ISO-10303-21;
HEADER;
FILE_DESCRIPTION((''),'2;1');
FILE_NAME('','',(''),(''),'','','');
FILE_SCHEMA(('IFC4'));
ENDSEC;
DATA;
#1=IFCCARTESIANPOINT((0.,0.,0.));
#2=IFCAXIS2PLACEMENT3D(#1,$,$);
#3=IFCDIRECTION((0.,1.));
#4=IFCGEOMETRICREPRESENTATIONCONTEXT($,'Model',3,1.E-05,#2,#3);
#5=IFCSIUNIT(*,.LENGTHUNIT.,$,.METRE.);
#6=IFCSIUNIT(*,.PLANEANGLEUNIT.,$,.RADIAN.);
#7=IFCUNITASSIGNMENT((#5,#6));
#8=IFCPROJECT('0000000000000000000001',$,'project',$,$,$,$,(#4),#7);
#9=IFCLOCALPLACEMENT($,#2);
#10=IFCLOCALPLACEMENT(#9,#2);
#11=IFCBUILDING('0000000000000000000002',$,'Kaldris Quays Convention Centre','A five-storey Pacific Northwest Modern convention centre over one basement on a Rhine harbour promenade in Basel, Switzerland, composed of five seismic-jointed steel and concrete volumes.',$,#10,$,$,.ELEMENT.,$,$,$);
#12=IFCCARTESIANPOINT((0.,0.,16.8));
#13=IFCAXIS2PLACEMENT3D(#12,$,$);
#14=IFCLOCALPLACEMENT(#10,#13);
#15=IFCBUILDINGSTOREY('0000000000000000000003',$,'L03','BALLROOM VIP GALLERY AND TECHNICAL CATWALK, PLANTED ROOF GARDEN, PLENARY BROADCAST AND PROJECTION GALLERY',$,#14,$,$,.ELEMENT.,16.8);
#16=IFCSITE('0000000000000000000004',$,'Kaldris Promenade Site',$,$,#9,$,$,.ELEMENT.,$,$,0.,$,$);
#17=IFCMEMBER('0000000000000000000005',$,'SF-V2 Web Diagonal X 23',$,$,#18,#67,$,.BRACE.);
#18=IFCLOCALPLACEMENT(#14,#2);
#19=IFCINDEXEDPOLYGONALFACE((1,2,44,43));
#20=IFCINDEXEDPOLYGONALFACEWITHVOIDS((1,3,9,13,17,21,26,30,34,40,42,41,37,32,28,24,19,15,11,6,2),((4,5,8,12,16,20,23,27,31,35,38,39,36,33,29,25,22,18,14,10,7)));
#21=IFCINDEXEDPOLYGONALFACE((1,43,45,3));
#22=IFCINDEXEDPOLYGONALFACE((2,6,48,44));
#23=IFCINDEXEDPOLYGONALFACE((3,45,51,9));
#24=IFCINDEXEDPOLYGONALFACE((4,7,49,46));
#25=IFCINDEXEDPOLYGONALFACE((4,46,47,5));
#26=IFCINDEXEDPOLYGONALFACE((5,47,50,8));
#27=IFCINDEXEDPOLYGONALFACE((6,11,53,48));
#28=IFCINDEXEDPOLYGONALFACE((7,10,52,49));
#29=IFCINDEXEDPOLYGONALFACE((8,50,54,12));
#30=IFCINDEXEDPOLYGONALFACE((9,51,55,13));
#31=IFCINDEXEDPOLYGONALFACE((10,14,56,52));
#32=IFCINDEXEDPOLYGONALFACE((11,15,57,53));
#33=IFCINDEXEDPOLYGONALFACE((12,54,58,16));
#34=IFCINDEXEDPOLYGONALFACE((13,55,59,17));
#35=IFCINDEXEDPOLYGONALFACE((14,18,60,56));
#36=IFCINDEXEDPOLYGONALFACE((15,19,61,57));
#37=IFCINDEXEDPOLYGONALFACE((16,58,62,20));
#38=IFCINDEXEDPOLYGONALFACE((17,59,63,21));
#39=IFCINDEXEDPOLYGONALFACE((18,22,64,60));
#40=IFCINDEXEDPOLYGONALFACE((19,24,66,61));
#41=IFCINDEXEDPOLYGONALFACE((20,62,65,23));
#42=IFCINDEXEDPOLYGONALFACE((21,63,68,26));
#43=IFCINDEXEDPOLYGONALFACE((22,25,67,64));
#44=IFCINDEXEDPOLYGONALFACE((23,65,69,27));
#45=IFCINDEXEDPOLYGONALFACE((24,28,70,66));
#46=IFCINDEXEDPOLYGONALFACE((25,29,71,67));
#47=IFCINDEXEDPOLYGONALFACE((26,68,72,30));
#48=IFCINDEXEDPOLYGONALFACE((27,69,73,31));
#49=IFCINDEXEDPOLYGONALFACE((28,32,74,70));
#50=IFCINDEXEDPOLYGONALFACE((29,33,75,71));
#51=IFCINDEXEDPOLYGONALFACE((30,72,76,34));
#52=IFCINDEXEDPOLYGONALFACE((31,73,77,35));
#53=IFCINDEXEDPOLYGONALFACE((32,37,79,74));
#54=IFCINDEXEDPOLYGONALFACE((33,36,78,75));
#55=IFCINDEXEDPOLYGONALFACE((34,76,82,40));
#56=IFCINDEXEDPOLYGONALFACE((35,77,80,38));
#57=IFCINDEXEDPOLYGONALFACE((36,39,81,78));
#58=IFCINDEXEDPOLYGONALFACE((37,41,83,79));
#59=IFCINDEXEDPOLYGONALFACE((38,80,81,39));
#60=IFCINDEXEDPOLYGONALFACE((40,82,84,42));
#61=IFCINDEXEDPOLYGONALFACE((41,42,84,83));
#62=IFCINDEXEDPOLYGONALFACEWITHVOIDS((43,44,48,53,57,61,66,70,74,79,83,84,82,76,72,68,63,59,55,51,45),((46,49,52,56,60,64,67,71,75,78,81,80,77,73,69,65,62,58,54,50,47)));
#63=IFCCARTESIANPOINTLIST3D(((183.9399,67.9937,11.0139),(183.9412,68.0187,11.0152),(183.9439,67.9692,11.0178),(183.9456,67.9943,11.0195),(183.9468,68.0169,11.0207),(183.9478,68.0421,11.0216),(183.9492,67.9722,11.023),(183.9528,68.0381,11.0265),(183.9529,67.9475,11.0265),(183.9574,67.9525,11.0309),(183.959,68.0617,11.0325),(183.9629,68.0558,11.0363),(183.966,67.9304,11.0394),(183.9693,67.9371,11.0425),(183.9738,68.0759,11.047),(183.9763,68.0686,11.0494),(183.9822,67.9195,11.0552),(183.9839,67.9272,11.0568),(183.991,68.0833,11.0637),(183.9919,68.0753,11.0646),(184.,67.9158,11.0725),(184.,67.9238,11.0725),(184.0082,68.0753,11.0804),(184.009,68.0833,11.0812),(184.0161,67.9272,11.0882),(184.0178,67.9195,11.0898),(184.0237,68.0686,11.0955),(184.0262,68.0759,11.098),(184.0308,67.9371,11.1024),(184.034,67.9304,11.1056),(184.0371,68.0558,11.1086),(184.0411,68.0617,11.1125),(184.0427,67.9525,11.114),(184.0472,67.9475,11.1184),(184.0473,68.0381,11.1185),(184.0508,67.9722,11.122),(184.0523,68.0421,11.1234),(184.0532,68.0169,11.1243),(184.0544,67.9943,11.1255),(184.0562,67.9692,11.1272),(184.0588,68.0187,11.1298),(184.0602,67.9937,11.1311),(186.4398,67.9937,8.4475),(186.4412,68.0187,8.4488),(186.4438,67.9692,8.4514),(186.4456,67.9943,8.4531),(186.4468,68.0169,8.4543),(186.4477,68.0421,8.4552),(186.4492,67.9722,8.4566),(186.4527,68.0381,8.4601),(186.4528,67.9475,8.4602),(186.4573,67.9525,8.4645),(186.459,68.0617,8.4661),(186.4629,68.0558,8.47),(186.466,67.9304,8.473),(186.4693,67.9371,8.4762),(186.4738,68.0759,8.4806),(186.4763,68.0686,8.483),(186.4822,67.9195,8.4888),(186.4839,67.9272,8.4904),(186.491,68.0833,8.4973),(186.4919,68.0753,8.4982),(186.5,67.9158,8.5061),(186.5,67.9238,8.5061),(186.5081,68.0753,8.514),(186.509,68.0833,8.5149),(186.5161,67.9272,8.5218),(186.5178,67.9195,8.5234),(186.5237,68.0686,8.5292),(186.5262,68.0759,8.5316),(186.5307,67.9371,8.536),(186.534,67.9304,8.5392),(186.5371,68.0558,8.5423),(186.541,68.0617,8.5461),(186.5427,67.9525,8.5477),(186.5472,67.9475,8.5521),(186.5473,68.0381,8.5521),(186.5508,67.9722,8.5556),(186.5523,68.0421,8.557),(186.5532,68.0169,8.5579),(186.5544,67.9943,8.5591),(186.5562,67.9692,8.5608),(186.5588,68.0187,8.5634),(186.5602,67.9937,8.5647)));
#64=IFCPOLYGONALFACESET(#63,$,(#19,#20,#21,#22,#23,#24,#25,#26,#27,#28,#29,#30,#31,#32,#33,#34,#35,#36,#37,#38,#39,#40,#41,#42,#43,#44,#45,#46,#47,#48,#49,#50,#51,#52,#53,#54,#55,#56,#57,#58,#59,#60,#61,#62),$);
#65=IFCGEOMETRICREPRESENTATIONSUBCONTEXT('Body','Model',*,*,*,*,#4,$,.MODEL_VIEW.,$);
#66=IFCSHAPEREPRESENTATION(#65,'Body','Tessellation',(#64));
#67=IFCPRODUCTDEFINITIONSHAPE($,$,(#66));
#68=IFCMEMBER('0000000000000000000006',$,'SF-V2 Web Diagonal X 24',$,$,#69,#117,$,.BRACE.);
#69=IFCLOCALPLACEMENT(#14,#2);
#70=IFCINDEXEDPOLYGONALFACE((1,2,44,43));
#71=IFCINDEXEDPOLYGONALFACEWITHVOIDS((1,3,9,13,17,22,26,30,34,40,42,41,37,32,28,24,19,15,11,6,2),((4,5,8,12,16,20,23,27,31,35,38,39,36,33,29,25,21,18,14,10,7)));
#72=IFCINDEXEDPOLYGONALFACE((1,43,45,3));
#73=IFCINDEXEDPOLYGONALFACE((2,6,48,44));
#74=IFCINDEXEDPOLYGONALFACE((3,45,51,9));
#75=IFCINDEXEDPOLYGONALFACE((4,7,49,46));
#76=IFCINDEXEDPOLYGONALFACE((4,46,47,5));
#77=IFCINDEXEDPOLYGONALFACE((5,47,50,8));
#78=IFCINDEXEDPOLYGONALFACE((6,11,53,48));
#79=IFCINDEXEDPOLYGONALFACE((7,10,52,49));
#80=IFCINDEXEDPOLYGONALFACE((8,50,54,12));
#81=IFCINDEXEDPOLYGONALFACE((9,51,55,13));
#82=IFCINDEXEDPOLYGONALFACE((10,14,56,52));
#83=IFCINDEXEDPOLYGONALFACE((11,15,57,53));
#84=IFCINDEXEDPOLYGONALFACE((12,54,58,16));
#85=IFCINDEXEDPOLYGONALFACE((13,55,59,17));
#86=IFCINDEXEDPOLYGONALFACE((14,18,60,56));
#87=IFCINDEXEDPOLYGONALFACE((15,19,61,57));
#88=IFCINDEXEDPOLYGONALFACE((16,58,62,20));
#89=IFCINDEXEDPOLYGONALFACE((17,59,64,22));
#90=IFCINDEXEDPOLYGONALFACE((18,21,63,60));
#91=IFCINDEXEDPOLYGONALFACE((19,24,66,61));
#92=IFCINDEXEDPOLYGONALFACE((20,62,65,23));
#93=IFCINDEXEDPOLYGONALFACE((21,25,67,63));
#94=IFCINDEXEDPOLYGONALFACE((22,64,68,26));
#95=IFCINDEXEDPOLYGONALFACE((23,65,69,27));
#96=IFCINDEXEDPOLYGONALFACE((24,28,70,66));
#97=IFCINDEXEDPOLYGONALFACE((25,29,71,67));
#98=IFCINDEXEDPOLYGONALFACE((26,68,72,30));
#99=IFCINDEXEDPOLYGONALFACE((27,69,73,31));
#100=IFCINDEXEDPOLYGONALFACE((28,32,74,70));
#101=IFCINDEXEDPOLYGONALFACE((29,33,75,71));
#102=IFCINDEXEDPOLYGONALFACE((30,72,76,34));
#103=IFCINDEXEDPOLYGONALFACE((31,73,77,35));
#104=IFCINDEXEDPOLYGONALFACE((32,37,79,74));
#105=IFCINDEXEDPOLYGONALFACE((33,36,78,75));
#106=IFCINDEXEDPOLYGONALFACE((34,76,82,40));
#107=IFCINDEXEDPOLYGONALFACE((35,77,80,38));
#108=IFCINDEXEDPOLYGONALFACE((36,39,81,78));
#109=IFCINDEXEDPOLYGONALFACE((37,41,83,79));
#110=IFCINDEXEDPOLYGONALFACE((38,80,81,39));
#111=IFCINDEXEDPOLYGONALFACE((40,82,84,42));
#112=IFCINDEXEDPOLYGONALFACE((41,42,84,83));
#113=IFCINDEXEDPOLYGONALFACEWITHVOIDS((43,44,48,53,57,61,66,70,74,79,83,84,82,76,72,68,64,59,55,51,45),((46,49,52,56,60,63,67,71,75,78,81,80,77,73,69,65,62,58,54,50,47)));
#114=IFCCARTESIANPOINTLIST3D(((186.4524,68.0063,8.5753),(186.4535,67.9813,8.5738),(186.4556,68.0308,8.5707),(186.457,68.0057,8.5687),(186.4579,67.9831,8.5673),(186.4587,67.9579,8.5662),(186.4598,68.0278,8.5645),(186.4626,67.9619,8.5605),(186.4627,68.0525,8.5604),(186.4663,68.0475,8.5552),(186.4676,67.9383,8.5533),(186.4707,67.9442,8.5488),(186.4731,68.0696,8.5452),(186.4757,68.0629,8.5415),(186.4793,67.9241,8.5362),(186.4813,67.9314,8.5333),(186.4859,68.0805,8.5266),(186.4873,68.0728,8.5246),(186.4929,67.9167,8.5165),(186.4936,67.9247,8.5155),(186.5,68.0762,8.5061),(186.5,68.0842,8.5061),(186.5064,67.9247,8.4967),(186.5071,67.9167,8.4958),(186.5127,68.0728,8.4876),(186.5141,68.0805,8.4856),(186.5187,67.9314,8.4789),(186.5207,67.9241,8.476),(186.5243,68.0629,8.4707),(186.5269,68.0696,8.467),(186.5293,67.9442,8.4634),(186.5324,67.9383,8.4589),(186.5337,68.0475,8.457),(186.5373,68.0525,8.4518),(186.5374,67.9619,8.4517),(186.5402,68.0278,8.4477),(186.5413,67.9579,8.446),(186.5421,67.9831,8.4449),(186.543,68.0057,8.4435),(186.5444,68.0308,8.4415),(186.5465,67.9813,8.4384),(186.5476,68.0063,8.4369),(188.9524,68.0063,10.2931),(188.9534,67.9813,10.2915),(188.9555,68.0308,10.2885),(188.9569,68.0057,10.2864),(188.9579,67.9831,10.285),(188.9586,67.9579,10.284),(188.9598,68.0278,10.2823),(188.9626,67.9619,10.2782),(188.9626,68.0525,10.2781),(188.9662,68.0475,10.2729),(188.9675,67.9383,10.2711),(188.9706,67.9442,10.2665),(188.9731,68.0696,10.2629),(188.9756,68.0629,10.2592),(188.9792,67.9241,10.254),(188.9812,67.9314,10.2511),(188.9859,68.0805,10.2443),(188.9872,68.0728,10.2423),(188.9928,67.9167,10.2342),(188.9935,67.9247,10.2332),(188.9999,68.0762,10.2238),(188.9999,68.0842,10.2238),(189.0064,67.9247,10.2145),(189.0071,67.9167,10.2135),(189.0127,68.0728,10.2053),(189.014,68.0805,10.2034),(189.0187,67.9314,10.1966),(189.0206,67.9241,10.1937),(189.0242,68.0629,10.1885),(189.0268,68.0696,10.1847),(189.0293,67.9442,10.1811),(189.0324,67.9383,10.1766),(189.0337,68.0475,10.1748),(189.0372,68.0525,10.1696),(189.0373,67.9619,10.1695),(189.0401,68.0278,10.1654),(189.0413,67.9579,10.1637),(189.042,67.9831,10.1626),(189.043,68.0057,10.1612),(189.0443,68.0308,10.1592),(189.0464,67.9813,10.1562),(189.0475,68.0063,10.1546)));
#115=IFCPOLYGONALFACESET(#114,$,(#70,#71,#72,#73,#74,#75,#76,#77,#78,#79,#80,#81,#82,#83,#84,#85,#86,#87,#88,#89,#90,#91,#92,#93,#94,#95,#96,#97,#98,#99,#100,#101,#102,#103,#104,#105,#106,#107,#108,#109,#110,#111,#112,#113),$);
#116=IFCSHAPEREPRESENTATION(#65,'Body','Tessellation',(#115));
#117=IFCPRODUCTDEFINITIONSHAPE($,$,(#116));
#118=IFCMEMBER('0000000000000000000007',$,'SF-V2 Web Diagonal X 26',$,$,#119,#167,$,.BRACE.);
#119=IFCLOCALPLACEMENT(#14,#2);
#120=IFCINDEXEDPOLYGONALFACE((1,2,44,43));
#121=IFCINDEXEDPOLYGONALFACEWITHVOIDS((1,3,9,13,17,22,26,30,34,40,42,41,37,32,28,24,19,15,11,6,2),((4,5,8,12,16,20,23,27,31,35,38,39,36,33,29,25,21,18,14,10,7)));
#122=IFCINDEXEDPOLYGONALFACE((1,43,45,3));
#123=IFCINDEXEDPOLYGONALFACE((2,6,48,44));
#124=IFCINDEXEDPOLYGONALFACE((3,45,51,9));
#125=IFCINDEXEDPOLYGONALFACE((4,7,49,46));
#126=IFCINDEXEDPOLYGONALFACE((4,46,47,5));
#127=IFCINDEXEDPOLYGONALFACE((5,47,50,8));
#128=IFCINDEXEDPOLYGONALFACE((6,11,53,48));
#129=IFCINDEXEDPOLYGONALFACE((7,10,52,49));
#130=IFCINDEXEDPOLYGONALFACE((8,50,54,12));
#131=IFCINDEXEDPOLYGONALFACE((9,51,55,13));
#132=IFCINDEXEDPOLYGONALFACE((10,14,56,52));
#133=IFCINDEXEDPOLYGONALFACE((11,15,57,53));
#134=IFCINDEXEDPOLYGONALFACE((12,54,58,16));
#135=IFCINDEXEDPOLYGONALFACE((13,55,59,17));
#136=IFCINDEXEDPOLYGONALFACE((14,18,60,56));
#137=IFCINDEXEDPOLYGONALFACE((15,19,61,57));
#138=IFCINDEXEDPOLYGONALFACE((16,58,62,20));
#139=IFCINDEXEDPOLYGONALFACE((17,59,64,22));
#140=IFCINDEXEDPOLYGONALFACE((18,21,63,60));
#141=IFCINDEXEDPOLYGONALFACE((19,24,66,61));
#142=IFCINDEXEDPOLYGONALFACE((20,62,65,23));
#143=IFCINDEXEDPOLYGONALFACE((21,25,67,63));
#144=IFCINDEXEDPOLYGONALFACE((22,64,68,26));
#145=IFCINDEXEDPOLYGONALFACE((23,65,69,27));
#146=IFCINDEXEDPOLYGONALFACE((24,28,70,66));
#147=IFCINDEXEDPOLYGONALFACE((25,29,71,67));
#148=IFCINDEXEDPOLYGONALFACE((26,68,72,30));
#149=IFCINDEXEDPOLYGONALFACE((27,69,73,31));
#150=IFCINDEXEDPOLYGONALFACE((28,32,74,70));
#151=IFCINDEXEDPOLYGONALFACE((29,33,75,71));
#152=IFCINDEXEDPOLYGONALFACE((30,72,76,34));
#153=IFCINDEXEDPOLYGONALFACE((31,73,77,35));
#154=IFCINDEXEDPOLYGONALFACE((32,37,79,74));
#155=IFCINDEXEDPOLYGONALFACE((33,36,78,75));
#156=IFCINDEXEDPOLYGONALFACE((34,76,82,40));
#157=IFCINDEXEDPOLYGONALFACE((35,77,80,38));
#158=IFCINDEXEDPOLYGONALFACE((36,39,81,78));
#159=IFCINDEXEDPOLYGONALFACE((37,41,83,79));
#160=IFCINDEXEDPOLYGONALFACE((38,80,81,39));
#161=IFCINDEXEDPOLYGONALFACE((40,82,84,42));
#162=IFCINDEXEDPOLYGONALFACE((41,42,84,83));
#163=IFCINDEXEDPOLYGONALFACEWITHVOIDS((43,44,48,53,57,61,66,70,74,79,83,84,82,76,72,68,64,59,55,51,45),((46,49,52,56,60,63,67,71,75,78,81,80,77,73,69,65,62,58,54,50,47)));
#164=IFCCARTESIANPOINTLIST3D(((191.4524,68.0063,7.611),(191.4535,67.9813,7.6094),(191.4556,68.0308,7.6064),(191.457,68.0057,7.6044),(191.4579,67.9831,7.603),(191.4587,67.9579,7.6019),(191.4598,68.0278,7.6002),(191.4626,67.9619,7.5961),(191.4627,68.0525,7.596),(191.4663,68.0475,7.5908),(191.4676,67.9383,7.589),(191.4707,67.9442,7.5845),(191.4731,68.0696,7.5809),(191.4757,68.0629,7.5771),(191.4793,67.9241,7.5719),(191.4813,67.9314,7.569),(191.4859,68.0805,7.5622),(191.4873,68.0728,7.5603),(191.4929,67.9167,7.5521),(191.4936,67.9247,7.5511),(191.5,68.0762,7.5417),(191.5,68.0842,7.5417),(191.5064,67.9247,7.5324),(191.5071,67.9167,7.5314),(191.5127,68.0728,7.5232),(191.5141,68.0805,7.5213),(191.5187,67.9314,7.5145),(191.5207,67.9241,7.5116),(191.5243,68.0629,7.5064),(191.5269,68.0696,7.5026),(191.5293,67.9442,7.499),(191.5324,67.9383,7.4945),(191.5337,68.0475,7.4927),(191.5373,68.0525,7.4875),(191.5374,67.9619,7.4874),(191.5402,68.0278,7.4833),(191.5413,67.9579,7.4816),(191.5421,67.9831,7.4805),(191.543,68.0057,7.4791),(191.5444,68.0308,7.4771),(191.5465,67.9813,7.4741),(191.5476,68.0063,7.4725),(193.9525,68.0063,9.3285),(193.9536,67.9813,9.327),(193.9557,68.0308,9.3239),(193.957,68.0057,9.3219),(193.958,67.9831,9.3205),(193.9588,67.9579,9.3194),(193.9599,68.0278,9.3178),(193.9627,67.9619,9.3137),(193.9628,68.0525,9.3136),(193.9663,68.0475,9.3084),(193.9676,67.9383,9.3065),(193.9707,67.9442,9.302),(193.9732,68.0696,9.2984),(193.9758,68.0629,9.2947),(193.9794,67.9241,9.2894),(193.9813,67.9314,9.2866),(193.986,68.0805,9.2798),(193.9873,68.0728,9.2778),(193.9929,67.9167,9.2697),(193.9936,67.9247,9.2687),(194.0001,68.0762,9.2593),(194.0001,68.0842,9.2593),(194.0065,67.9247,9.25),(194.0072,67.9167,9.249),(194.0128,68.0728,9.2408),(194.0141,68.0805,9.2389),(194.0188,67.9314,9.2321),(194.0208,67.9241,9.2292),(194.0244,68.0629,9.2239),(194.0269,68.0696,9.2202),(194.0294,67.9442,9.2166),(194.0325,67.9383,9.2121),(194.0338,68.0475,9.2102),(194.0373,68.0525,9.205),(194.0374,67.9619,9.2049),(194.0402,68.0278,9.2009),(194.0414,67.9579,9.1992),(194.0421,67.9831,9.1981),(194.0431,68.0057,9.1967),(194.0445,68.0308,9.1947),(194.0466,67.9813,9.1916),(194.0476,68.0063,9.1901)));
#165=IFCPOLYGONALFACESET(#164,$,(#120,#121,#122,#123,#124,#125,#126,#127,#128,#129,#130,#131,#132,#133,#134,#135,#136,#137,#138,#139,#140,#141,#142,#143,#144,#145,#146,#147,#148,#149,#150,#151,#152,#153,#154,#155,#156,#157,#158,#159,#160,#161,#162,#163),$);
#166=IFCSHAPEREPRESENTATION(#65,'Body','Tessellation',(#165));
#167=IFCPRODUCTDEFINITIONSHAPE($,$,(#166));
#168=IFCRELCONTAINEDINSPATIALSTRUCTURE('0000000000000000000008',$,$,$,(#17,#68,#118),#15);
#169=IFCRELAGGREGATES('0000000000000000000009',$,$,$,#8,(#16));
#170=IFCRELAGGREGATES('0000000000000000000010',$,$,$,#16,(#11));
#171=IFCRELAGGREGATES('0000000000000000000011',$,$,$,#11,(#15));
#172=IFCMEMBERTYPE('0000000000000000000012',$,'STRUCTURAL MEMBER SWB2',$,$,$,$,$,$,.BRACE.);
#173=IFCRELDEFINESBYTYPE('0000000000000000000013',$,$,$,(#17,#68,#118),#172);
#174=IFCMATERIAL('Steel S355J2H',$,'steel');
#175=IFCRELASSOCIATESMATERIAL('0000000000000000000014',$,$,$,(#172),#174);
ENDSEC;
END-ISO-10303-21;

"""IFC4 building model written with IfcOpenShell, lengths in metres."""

from ifc_helpers import new_model, si_unit, direction, frame, origin, origin_2d, place, context, subcontext, project, spatial, hollow_circle, extrude, material, material_profile, profile_set, type_object, element, save


model = new_model("IFC4")

# Units and contexts
model_context = context("Model", 3, precision=1e-05, world=origin(), true_north=direction((0.0, 1.0)))
body_context = subcontext(model_context, "Body", "Model", "MODEL_VIEW")
ifc_project = project(units=[si_unit("LENGTHUNIT", "METRE"), si_unit("PLANEANGLEUNIT", "RADIAN")], contexts=[model_context])

# Site, building, storey
site_placement = place(None, origin())
site = spatial("IfcSite", under=ifc_project, at=site_placement, Name="Kaldris Promenade Site", CompositionType="ELEMENT", RefElevation=0.0)
building_placement = place(site_placement, origin())
building = spatial("IfcBuilding", under=site, at=building_placement, Name="Kaldris Quays Convention Centre", Description="A five-storey Pacific Northwest Modern convention centre over one basement on a Rhine harbour promenade in Basel, Switzerland, composed of five seismic-jointed steel and concrete volumes.", CompositionType="ELEMENT")
storey_placement = place(building_placement, frame((0.0, 0.0, 16.8)))
storey = spatial("IfcBuildingStorey", under=building, at=storey_placement, Name="L03", Description="BALLROOM VIP GALLERY AND TECHNICAL CATWALK, PLANTED ROOF GARDEN, PLENARY BROADCAST AND PROJECTION GALLERY", CompositionType="ELEMENT", Elevation=16.8)

# Members
ifc_material_1 = material(Name="Steel S355J2H", Category="steel")
ifc_material_profile_1 = material_profile(ifc_material_1, hollow_circle(Radius=0.0842, WallThickness=0.0081, at=origin_2d()), Name="CHS 168.3x8")
ifc_profile_set_1 = profile_set([ifc_material_profile_1], Name="Steel S355J2H")
member_type_1 = type_object("IfcMemberType", Name="STRUCTURAL MEMBER SWB2", PredefinedType="BRACE", material=ifc_profile_set_1)
member_1_placement = place(storey_placement, frame((186.5, 68.0, 8.5061), z_axis=(-0.697779, 0.0, 0.716313), x_axis=(0.0, -1.0, 0.0)))
element("IfcMember", 1, at=member_1_placement, inside=storey, type_object=member_type_1, Name="SF-V2 Web Diagonal X 23", PredefinedType="BRACE", context=body_context, shape_type="SweptSolid", body=[
    extrude(hollow_circle(Radius=0.0842, WallThickness=0.0081, at=origin_2d()), origin(), (0.0, 0.0, 1.0), 3.5828),
])
for number, where, z_axis, x_axis, name in (
    (2, (186.5, 68.0, 8.5061), (0.824192, 0.0, 0.56631), (0.0, 1.0, 0.0), "SF-V2 Web Diagonal X 24"),
    (3, (191.5, 68.0, 7.5417), (0.82423, 0.0, 0.566256), (0.0, 1.0, 0.0), "SF-V2 Web Diagonal X 26"),
):
    element("IfcMember", number, at=place(storey_placement, frame(where, z_axis=z_axis, x_axis=x_axis)), inside=storey, type_object=member_type_1, Name=name, PredefinedType="BRACE", context=body_context, shape_type="SweptSolid", body=[
        extrude(hollow_circle(Radius=0.0842, WallThickness=0.0081, at=origin_2d()), origin(), (0.0, 0.0, 1.0), 3.0332),
    ])

save(model, "model.ifc")
